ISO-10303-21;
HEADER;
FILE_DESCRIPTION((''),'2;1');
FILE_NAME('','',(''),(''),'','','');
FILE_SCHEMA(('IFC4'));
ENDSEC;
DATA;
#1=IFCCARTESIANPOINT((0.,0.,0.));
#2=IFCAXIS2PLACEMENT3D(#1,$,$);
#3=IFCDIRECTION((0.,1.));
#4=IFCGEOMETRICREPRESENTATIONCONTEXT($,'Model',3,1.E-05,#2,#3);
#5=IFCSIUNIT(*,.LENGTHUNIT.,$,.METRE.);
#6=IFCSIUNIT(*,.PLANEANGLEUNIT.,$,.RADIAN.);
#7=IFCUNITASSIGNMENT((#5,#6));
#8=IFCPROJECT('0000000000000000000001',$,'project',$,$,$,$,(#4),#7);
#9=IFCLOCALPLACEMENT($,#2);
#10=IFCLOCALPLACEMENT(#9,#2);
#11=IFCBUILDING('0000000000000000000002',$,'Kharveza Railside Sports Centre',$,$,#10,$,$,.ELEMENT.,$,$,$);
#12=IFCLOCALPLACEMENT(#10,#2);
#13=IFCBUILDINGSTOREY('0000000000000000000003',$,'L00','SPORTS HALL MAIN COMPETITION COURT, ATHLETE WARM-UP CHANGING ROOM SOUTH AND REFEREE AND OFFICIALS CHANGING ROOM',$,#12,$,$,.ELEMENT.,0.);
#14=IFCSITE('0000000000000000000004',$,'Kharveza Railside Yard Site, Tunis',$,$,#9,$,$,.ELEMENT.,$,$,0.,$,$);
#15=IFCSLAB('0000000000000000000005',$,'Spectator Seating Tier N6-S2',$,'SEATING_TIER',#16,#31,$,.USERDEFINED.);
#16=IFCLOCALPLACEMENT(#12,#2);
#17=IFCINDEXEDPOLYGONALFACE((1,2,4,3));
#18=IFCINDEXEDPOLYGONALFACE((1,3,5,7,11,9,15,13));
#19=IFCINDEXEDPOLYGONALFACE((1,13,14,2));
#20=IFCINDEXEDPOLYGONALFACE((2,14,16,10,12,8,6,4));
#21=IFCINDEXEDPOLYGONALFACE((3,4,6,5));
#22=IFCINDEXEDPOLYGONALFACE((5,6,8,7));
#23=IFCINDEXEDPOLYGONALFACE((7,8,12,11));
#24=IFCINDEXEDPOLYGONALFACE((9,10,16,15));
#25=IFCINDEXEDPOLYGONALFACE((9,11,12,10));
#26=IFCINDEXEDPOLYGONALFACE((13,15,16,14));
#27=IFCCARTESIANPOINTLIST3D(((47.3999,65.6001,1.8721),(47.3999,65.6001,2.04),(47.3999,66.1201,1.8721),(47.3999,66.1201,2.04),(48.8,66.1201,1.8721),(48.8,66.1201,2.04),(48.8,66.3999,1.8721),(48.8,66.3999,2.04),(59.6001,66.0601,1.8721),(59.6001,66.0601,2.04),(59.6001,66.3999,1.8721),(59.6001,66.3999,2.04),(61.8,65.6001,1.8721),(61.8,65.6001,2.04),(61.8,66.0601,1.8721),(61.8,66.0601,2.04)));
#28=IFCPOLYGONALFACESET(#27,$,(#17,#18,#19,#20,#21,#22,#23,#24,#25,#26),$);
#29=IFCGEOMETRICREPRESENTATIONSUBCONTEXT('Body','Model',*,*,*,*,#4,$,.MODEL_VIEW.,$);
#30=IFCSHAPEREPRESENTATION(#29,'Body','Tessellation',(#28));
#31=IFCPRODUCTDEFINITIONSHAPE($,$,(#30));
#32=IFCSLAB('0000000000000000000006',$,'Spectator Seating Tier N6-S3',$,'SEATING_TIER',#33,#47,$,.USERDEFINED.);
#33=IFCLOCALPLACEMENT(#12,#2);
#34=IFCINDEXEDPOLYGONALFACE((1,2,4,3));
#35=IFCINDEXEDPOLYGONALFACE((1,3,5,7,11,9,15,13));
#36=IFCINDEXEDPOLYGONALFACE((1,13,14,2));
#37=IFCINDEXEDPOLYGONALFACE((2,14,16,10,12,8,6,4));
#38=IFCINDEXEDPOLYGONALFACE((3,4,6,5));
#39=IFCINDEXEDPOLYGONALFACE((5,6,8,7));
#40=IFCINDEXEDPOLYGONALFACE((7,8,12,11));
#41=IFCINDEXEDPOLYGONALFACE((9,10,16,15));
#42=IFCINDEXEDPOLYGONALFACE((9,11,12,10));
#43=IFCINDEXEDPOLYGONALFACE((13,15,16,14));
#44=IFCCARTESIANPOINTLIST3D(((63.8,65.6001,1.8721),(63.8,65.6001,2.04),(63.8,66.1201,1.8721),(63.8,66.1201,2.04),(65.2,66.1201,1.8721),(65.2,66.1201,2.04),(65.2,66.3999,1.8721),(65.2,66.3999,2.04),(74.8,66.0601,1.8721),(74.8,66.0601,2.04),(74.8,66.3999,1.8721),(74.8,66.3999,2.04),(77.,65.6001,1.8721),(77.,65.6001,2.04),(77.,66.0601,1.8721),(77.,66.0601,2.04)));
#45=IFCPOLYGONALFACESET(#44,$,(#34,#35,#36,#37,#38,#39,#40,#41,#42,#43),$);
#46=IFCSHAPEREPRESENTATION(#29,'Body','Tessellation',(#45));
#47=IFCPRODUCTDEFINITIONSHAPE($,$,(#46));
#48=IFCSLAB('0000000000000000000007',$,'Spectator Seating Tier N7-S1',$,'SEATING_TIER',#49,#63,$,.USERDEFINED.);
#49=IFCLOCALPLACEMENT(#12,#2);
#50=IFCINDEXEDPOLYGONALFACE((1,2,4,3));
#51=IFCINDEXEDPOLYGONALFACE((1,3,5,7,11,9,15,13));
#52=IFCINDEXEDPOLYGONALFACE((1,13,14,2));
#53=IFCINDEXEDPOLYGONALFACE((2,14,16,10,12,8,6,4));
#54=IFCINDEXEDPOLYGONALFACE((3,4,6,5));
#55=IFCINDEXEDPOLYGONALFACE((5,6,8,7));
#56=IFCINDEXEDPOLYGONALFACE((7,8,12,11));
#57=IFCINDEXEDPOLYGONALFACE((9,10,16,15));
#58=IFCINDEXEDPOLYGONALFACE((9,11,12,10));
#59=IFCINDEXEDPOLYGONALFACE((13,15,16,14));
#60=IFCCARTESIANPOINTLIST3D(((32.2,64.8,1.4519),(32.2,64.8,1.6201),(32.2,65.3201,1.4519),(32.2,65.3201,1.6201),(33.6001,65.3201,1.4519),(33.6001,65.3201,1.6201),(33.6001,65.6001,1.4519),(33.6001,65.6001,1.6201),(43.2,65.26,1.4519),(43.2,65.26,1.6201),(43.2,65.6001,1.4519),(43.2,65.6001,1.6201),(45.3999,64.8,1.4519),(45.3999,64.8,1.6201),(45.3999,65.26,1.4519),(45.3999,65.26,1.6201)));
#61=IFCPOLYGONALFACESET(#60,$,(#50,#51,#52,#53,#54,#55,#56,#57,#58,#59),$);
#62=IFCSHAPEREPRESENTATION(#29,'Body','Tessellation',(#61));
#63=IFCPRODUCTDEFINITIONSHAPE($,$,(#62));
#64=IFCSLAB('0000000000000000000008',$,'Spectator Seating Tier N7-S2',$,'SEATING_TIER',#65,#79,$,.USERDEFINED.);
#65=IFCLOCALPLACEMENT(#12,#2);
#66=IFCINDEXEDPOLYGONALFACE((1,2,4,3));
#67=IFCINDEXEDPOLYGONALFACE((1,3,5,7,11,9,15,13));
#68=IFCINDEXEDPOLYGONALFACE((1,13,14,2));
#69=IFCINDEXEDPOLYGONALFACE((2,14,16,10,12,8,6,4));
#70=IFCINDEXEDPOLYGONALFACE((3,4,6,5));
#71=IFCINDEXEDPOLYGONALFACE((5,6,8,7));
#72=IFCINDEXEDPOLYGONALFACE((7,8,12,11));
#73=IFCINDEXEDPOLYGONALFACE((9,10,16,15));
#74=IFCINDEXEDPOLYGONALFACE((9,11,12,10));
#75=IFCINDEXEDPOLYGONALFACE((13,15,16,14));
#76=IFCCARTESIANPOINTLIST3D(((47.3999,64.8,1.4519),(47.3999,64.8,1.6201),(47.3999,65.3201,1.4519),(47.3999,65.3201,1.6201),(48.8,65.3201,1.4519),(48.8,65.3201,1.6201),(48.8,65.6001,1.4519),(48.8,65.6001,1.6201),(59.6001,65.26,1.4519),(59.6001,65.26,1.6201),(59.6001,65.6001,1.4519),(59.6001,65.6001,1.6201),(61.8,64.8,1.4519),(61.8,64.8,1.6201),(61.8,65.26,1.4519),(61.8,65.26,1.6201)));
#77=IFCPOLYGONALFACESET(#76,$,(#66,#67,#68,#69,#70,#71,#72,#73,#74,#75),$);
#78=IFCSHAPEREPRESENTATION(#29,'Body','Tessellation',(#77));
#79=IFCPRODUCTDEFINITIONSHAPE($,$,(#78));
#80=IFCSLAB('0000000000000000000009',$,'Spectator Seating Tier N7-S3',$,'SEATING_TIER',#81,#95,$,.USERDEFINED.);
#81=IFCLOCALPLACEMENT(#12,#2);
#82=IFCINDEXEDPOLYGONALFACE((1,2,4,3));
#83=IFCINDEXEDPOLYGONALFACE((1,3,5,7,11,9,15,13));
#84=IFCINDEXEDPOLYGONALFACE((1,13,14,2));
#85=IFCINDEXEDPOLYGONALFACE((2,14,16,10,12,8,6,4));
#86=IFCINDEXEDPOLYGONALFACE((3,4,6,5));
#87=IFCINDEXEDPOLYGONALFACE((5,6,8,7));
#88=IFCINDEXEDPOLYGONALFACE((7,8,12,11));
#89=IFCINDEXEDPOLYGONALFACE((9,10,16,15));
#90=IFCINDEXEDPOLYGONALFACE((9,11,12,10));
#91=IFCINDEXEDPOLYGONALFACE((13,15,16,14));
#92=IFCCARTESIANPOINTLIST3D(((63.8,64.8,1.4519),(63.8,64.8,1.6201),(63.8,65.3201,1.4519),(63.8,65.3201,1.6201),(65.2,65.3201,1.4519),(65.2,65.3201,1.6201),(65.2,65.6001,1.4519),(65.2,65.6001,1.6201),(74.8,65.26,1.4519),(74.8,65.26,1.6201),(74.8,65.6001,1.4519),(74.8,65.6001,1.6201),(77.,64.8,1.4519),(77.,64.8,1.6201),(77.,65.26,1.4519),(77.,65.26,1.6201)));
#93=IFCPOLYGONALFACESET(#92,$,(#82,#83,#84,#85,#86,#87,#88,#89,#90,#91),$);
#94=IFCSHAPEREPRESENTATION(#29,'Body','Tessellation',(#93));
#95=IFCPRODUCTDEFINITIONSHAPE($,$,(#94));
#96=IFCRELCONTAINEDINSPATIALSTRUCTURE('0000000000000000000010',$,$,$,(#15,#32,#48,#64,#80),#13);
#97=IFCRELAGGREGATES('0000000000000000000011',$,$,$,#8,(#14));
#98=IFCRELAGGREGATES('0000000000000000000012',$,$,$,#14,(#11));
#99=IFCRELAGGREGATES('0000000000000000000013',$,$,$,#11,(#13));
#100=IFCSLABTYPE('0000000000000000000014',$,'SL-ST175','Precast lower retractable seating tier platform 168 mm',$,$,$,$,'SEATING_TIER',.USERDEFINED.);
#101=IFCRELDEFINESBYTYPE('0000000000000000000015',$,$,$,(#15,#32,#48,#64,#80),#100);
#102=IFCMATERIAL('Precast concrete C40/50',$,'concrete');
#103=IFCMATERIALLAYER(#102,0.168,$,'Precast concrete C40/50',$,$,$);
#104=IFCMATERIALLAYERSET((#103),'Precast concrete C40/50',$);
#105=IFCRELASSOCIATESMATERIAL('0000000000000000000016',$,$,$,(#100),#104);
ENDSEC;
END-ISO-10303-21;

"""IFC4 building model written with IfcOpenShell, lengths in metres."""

from ifc_helpers import new_model, si_unit, direction, frame, origin, place, context, subcontext, project, spatial, polyline, outline, extrude, material, layer, layer_set, type_object, element, save


model = new_model("IFC4")

# Units and contexts
model_context = context("Model", 3, precision=1e-05, world=origin(), true_north=direction((0.0, 1.0)))
body_context = subcontext(model_context, "Body", "Model", "MODEL_VIEW")
ifc_project = project(units=[si_unit("LENGTHUNIT", "METRE"), si_unit("PLANEANGLEUNIT", "RADIAN")], contexts=[model_context])

# Site, building, storey
site_placement = place(None, origin())
site = spatial("IfcSite", under=ifc_project, at=site_placement, Name="Kharveza Railside Yard Site, Tunis", CompositionType="ELEMENT", RefElevation=0.0)
building_placement = place(site_placement, origin())
building = spatial("IfcBuilding", under=site, at=building_placement, Name="Kharveza Railside Sports Centre", CompositionType="ELEMENT")
storey_placement = place(building_placement, origin())
storey = spatial("IfcBuildingStorey", under=building, at=storey_placement, Name="L00", Description="SPORTS HALL MAIN COMPETITION COURT, ATHLETE WARM-UP CHANGING ROOM SOUTH AND REFEREE AND OFFICIALS CHANGING ROOM", CompositionType="ELEMENT", Elevation=0.0)

# Slabs
ifc_material_1 = material(Name="Precast concrete C40/50", Category="concrete")
ifc_layer_1 = layer(ifc_material_1, 0.168, Name="Precast concrete C40/50")
ifc_layer_set_1 = layer_set([ifc_layer_1], Name="Precast concrete C40/50")
slab_type_1 = type_object("IfcSlabType", Name="SL-ST175", Description="Precast lower retractable seating tier platform 168 mm", ElementType="SEATING_TIER", PredefinedType="USERDEFINED", material=ifc_layer_set_1)
slab_1_placement = place(storey_placement, frame((0.0, 0.0, 1.8721)))
element("IfcSlab", 1, at=slab_1_placement, inside=storey, type_object=slab_type_1, Name="Spectator Seating Tier N6-S2", ObjectType="SEATING_TIER", PredefinedType="USERDEFINED", context=body_context, shape_type="SweptSolid", body=[
    extrude(outline(polyline([(47.3999, 65.6001), (61.8, 65.6001), (61.8, 66.0601), (59.6001, 66.0601), (59.6001, 66.3999), (48.8, 66.3999), (48.8, 66.1201), (47.3999, 66.1201), (47.3999, 65.6001)])), origin(), (0.0, 0.0, 1.0), 0.168),
])
slab_2_placement = place(storey_placement, frame((0.0, 0.0, 1.8721)))
element("IfcSlab", 2, at=slab_2_placement, inside=storey, type_object=slab_type_1, Name="Spectator Seating Tier N6-S3", ObjectType="SEATING_TIER", PredefinedType="USERDEFINED", context=body_context, shape_type="SweptSolid", body=[
    extrude(outline(polyline([(63.8, 65.6001), (77.0, 65.6001), (77.0, 66.0601), (74.8, 66.0601), (74.8, 66.3999), (65.2, 66.3999), (65.2, 66.1201), (63.8, 66.1201), (63.8, 65.6001)])), origin(), (0.0, 0.0, 1.0), 0.168),
])
slab_3_placement = place(storey_placement, frame((0.0, 0.0, 1.4519)))
element("IfcSlab", 3, at=slab_3_placement, inside=storey, type_object=slab_type_1, Name="Spectator Seating Tier N7-S1", ObjectType="SEATING_TIER", PredefinedType="USERDEFINED", context=body_context, shape_type="SweptSolid", body=[
    extrude(outline(polyline([(32.2, 64.8), (45.3999, 64.8), (45.3999, 65.26), (43.2, 65.26), (43.2, 65.6001), (33.6001, 65.6001), (33.6001, 65.3201), (32.2, 65.3201), (32.2, 64.8)])), origin(), (0.0, 0.0, 1.0), 0.1682),
])
slab_4_placement = place(storey_placement, frame((0.0, 0.0, 1.4519)))
element("IfcSlab", 4, at=slab_4_placement, inside=storey, type_object=slab_type_1, Name="Spectator Seating Tier N7-S2", ObjectType="SEATING_TIER", PredefinedType="USERDEFINED", context=body_context, shape_type="SweptSolid", body=[
    extrude(outline(polyline([(47.3999, 64.8), (61.8, 64.8), (61.8, 65.26), (59.6001, 65.26), (59.6001, 65.6001), (48.8, 65.6001), (48.8, 65.3201), (47.3999, 65.3201), (47.3999, 64.8)])), origin(), (0.0, 0.0, 1.0), 0.1682),
])
slab_5_placement = place(storey_placement, frame((0.0, 0.0, 1.4519)))
element("IfcSlab", 5, at=slab_5_placement, inside=storey, type_object=slab_type_1, Name="Spectator Seating Tier N7-S3", ObjectType="SEATING_TIER", PredefinedType="USERDEFINED", context=body_context, shape_type="SweptSolid", body=[
    extrude(outline(polyline([(63.8, 64.8), (77.0, 64.8), (77.0, 65.26), (74.8, 65.26), (74.8, 65.6001), (65.2, 65.6001), (65.2, 65.3201), (63.8, 65.3201), (63.8, 64.8)])), origin(), (0.0, 0.0, 1.0), 0.1682),
])

save(model, "model.ifc")
